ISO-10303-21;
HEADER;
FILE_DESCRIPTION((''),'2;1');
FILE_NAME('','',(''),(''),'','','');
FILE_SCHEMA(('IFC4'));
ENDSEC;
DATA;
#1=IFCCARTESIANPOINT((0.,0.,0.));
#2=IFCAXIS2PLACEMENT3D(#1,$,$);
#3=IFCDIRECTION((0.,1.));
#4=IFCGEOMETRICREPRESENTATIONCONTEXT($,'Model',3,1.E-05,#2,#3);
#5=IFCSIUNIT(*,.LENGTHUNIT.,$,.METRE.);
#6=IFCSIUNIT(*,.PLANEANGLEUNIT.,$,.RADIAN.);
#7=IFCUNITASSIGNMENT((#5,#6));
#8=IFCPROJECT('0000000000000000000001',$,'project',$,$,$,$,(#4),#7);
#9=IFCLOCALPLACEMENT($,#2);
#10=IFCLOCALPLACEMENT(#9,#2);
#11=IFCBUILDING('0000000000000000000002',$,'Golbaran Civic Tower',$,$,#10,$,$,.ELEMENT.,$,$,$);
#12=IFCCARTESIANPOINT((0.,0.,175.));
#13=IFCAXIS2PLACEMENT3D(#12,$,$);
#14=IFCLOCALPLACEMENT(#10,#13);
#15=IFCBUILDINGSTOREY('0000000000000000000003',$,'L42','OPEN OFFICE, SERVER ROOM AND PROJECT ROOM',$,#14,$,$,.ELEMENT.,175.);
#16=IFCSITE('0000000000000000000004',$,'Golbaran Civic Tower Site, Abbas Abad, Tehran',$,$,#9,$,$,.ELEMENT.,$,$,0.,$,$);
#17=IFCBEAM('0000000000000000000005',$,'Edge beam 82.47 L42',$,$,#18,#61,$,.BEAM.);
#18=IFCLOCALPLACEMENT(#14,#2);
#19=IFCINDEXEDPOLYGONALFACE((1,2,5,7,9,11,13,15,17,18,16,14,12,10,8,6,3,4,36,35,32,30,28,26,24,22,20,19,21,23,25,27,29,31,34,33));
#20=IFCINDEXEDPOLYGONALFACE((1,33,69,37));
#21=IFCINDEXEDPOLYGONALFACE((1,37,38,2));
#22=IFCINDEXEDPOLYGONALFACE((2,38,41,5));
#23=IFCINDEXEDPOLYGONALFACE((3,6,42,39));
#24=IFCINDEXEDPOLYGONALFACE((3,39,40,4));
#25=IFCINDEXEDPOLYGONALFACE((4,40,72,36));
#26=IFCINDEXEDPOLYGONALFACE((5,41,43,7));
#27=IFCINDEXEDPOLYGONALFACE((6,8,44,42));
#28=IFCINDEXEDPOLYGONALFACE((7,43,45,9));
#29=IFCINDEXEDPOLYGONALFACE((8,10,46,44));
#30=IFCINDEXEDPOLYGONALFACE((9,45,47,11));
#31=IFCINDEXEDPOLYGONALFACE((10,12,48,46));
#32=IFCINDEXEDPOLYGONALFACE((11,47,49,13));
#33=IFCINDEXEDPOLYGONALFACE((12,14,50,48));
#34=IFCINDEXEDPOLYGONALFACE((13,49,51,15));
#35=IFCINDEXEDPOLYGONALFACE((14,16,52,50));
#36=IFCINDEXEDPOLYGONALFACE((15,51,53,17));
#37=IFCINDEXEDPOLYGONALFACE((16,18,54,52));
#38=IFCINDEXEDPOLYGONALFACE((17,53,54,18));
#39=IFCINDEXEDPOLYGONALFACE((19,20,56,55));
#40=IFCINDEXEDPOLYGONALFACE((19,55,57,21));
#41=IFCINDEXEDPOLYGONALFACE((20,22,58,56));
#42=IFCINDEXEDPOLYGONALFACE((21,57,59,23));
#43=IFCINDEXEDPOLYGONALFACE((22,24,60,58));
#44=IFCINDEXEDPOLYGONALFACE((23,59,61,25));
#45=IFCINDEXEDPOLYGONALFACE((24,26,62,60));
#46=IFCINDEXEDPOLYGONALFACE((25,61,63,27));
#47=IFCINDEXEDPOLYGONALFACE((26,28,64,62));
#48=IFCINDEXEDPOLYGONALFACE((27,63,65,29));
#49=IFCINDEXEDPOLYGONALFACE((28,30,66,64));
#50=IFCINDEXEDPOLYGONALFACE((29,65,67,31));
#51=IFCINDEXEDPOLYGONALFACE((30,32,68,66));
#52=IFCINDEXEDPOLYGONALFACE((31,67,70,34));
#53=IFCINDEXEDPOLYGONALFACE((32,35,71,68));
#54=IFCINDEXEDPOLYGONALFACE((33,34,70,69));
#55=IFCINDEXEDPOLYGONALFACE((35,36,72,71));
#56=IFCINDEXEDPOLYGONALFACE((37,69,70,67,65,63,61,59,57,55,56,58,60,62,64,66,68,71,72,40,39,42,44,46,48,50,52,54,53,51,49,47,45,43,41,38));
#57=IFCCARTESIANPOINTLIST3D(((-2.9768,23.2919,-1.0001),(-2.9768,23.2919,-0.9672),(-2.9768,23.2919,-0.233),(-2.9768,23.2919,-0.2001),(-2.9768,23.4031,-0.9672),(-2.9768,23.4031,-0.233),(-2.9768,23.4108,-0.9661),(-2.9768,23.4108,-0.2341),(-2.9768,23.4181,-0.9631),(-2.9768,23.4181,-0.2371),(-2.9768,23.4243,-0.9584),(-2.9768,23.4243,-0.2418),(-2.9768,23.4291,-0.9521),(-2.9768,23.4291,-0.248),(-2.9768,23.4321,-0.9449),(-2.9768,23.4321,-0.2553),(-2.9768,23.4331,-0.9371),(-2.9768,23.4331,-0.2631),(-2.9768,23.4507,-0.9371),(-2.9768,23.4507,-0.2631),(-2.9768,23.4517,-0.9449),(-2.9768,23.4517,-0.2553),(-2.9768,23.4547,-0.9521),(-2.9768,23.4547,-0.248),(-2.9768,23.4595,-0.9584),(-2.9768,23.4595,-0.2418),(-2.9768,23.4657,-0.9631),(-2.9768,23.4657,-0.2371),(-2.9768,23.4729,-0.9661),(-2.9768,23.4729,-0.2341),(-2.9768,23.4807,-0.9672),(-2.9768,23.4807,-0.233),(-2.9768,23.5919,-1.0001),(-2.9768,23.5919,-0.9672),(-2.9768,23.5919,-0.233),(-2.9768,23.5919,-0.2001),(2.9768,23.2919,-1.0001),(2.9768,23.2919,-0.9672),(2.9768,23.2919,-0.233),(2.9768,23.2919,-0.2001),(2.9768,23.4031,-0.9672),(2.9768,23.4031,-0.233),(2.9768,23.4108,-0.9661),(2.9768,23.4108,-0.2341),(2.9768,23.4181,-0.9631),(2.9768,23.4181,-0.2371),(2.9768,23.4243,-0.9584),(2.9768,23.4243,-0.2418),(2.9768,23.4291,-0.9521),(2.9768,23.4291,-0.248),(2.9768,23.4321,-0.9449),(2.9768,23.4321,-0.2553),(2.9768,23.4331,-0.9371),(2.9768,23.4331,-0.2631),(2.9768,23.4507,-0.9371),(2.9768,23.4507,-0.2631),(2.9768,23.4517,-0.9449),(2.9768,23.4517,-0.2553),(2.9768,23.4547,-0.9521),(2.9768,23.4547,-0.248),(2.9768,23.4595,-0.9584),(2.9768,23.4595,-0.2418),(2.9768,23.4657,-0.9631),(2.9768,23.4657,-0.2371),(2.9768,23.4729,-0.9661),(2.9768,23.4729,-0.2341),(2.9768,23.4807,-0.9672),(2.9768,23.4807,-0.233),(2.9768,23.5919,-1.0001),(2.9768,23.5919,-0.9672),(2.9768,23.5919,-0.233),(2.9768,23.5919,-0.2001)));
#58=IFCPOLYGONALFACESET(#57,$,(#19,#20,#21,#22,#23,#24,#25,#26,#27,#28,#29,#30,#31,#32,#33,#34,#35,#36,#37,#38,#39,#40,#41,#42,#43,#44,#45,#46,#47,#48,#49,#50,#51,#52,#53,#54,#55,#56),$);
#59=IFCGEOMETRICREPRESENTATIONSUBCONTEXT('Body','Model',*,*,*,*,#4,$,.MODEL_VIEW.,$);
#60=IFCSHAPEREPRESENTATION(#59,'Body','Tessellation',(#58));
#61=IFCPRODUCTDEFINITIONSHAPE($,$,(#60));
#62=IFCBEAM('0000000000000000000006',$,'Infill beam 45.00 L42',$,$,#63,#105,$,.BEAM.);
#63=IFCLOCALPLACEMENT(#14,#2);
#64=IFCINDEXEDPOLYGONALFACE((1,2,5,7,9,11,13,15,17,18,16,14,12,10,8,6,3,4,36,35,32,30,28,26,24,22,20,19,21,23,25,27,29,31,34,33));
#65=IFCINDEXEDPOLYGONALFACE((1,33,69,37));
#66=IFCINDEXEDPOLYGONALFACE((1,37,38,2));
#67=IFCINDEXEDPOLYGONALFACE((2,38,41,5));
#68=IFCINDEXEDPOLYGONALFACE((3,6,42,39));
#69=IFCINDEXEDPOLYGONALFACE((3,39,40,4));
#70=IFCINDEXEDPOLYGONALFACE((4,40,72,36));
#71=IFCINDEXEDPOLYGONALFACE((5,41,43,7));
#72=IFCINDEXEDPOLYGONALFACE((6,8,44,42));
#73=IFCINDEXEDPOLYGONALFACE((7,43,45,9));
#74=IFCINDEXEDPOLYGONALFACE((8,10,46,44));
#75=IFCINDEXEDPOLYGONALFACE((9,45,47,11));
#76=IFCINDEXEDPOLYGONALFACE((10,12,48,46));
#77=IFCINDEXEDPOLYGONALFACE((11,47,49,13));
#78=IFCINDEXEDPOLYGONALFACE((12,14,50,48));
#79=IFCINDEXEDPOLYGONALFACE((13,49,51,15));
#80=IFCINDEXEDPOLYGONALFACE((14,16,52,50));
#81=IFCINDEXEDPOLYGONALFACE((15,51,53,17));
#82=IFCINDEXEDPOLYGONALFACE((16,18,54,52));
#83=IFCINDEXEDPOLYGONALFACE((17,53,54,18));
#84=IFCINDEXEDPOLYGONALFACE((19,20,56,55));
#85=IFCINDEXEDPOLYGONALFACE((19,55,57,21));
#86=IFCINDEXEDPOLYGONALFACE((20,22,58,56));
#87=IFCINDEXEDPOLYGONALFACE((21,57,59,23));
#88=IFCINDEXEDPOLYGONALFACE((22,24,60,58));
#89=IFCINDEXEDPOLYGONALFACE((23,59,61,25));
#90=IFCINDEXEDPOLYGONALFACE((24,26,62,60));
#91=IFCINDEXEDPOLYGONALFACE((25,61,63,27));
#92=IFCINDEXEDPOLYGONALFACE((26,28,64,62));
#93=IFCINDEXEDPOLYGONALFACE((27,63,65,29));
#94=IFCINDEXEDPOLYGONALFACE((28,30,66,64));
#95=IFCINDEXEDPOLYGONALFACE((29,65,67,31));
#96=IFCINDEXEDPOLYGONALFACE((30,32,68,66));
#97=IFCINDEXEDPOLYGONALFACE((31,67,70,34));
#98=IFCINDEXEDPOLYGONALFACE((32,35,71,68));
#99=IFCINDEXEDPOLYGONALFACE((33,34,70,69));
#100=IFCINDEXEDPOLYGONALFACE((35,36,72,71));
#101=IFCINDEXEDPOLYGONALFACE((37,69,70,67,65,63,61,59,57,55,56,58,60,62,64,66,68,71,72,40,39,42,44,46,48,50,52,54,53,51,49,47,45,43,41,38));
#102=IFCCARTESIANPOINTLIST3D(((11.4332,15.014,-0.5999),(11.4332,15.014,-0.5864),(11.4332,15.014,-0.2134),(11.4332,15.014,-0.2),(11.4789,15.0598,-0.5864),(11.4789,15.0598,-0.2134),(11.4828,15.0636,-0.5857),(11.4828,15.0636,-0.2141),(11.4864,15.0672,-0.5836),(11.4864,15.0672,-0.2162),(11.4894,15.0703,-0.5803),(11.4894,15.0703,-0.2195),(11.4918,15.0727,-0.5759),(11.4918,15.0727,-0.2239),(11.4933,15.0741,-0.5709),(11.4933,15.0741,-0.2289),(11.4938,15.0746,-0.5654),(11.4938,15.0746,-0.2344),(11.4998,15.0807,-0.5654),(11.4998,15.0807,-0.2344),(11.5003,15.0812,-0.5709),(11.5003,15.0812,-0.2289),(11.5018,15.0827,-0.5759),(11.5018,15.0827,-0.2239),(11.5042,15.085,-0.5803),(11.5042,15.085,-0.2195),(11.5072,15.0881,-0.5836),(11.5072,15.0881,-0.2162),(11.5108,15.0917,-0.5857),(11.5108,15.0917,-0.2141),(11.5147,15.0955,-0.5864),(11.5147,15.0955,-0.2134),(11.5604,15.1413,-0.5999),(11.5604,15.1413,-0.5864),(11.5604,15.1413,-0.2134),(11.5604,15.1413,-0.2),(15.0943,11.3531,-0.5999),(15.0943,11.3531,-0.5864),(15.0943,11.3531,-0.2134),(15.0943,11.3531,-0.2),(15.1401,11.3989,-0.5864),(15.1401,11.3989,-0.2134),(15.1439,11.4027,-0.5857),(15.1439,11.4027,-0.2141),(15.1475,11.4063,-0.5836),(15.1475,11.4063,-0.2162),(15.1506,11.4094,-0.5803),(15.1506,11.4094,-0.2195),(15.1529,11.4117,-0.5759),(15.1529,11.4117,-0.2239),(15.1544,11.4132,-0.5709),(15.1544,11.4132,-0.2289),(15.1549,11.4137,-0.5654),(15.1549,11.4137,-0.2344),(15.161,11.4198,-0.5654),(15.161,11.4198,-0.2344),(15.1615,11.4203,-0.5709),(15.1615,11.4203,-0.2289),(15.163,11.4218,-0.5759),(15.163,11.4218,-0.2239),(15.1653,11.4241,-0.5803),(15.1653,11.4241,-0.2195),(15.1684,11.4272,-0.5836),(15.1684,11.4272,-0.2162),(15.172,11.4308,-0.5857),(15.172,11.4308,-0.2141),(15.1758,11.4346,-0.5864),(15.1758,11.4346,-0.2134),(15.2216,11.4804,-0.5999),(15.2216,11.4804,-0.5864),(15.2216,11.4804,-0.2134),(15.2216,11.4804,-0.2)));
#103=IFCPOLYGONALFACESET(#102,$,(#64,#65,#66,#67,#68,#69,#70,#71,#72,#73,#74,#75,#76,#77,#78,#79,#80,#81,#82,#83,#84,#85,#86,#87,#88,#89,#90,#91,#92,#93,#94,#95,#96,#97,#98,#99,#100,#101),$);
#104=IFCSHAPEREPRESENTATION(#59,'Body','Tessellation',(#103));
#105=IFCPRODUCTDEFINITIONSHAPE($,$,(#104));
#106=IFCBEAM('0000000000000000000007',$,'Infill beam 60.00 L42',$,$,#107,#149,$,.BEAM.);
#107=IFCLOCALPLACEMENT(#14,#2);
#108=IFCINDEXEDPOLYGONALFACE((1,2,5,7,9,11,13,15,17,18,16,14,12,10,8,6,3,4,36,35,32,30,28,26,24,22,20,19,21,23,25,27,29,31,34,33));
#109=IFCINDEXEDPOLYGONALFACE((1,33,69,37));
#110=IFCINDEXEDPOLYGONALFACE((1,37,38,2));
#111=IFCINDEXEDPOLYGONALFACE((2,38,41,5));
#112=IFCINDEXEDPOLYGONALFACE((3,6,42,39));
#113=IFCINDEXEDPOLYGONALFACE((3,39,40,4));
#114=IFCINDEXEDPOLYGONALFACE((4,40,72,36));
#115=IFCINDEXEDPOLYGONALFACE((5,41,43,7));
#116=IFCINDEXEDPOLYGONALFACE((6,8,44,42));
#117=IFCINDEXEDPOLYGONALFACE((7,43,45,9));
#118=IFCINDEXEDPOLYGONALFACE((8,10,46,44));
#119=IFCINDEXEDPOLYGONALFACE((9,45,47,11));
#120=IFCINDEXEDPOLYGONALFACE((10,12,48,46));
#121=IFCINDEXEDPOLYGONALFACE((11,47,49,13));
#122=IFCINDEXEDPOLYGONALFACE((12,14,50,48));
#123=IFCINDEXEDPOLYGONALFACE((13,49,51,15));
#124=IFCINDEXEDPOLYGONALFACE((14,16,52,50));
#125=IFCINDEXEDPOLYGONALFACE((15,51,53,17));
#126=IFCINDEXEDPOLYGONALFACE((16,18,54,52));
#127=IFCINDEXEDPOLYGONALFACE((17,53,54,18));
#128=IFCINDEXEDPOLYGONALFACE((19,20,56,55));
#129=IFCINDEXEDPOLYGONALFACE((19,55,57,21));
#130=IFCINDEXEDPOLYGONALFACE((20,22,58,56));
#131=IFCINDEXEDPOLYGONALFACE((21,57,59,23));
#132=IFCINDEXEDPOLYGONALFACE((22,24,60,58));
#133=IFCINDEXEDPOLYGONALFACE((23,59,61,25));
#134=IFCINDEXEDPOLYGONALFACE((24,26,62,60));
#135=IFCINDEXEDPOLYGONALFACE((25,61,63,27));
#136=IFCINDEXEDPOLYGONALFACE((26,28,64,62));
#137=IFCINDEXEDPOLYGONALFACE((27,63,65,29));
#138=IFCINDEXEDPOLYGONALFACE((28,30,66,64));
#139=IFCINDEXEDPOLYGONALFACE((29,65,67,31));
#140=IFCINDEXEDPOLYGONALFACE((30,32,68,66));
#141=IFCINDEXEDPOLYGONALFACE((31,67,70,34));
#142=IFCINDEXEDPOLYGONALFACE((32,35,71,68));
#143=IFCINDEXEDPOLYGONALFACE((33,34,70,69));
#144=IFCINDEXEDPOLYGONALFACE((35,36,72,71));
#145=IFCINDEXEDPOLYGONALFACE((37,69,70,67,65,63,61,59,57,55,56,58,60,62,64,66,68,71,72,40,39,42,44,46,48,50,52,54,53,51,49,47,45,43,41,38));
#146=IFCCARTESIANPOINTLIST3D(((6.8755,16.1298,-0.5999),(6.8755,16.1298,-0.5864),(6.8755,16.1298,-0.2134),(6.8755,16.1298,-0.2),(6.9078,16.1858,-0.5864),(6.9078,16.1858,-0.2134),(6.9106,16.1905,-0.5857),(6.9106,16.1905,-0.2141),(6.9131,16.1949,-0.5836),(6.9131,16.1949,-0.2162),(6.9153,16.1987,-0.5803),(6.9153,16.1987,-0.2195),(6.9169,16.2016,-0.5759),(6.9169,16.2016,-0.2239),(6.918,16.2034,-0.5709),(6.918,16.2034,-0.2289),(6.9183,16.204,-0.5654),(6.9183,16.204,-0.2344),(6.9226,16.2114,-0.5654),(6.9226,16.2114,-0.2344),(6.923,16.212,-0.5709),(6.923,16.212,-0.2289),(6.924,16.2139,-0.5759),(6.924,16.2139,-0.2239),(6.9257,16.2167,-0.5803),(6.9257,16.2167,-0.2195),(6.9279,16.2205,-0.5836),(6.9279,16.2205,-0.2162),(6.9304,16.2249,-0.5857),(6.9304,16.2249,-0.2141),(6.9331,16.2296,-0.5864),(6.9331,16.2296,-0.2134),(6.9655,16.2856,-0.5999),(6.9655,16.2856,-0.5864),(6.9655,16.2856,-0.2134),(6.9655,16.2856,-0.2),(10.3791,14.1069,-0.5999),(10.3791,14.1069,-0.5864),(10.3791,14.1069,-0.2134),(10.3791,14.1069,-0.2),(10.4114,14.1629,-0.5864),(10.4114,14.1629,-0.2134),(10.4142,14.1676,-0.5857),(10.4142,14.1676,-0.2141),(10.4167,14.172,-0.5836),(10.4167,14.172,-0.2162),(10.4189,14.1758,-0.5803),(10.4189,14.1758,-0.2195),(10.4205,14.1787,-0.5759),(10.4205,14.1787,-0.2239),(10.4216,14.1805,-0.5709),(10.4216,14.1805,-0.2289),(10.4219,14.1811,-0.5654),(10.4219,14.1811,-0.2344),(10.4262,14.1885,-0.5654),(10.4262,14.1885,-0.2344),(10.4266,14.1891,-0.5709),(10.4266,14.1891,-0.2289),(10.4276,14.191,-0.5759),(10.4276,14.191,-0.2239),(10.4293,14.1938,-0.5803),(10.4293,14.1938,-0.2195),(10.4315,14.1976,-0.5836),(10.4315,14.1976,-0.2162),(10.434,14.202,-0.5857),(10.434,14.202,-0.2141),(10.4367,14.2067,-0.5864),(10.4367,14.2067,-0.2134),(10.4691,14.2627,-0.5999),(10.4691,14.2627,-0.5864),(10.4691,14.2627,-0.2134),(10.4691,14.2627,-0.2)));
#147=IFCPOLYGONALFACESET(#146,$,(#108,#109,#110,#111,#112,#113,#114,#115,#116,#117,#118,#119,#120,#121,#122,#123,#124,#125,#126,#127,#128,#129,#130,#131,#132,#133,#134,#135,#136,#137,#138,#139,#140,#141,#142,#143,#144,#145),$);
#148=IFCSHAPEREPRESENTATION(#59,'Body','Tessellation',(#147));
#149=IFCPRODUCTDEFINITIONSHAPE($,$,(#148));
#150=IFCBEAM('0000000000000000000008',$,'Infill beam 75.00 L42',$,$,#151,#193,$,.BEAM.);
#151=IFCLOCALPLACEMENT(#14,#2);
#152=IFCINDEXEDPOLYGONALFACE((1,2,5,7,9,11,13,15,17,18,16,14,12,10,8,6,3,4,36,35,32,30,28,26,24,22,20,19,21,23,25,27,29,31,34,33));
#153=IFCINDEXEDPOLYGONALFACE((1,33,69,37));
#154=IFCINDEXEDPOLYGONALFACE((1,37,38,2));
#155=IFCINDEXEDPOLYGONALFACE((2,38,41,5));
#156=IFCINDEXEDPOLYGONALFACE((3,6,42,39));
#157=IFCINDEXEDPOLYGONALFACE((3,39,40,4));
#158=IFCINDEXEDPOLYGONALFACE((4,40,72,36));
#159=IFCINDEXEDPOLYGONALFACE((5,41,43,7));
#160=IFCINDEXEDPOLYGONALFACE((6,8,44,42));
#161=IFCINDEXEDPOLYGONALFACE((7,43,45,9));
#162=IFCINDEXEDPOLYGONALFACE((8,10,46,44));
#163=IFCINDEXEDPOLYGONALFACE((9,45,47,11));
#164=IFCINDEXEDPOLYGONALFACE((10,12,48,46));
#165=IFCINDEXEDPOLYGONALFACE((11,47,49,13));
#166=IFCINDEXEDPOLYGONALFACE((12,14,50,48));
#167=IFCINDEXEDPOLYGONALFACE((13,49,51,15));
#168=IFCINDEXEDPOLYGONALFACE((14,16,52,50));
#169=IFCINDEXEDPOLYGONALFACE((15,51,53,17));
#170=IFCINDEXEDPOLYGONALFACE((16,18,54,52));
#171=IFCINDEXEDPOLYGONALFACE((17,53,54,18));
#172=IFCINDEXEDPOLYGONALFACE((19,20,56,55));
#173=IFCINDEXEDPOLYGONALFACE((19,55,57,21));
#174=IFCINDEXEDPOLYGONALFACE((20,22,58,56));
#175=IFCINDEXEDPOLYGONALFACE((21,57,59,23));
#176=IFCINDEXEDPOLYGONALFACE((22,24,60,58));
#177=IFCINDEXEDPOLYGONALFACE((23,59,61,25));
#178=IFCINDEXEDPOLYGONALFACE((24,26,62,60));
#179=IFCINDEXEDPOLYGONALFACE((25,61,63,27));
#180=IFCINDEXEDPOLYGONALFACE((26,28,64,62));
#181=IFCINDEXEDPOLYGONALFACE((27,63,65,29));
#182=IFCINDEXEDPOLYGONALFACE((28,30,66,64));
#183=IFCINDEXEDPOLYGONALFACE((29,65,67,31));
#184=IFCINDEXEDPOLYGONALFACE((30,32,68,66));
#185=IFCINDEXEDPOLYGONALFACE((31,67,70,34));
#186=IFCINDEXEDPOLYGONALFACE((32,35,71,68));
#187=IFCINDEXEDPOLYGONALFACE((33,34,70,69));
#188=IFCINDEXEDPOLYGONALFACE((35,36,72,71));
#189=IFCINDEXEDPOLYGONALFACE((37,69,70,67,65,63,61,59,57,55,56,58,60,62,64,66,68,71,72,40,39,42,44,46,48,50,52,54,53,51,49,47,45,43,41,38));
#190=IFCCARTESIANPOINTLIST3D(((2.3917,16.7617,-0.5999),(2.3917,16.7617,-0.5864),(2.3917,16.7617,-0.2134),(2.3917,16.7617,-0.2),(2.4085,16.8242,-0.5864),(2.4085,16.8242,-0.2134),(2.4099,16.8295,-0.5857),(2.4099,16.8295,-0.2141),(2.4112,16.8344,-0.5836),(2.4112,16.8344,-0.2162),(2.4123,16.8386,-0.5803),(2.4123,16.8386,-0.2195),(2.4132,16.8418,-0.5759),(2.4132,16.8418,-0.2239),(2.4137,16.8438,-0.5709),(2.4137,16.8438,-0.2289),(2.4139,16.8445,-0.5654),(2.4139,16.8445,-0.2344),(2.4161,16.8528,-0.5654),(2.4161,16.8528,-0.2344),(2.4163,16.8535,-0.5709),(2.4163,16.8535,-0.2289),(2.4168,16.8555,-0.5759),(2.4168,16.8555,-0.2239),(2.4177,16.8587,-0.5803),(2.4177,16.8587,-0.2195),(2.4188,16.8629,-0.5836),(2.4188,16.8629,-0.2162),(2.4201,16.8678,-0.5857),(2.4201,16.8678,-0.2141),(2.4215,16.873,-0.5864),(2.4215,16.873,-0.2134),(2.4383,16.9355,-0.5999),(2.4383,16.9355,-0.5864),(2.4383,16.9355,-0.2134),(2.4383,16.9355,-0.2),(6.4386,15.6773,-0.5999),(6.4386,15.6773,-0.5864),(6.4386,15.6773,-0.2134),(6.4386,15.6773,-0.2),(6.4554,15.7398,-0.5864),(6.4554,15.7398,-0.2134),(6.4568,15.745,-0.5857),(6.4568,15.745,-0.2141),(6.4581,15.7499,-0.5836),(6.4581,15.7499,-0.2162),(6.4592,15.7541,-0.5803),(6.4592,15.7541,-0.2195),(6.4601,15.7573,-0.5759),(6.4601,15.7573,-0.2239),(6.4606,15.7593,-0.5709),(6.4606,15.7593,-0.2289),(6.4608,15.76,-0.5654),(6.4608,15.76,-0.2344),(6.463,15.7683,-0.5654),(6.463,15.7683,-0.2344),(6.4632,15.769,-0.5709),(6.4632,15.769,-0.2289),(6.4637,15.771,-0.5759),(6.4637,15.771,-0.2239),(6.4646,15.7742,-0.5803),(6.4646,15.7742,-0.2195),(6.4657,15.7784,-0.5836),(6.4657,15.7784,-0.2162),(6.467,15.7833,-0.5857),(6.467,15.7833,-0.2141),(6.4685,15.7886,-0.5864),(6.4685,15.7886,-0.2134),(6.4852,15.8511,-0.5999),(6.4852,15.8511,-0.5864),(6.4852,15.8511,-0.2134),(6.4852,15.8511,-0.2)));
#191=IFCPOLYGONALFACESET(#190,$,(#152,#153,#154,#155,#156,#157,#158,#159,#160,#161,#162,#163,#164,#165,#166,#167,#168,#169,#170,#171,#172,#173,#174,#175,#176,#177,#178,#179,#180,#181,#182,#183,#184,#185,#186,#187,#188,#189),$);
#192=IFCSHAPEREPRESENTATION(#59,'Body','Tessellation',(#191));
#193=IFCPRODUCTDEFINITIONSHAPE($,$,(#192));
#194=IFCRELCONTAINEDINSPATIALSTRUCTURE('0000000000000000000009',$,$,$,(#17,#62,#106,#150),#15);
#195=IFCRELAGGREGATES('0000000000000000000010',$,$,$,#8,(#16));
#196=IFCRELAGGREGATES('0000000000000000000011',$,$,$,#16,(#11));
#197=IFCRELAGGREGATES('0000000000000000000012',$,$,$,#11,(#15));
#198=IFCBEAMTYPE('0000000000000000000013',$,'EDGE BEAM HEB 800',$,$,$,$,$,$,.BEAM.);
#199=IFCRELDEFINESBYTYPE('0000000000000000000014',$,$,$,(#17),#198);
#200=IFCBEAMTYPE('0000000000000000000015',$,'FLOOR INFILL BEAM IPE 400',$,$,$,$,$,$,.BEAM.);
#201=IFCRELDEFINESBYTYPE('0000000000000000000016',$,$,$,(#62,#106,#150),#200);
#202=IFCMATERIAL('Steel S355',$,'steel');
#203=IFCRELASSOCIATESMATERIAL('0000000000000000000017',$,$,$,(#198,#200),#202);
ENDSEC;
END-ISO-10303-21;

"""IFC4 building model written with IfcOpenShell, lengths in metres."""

from ifc_helpers import new_model, si_unit, direction, frame, origin, origin_2d, place, context, subcontext, project, spatial, i_section, extrude, material, material_profile, profile_set, type_object, element, save


model = new_model("IFC4")

# Units and contexts
model_context = context("Model", 3, precision=1e-05, world=origin(), true_north=direction((0.0, 1.0)))
body_context = subcontext(model_context, "Body", "Model", "MODEL_VIEW")
ifc_project = project(units=[si_unit("LENGTHUNIT", "METRE"), si_unit("PLANEANGLEUNIT", "RADIAN")], contexts=[model_context])

# Site, building, storey
site_placement = place(None, origin())
site = spatial("IfcSite", under=ifc_project, at=site_placement, Name="Golbaran Civic Tower Site, Abbas Abad, Tehran", CompositionType="ELEMENT", RefElevation=0.0)
building_placement = place(site_placement, origin())
building = spatial("IfcBuilding", under=site, at=building_placement, Name="Golbaran Civic Tower", CompositionType="ELEMENT")
storey_placement = place(building_placement, frame((0.0, 0.0, 175.0)))
storey = spatial("IfcBuildingStorey", under=building, at=storey_placement, Name="L42", Description="OPEN OFFICE, SERVER ROOM AND PROJECT ROOM", CompositionType="ELEMENT", Elevation=175.0)

# Beams
ifc_material_1 = material(Name="Steel S355", Category="steel")
ifc_material_profile_1 = material_profile(ifc_material_1, i_section(OverallWidth=0.3, OverallDepth=0.8, WebThickness=0.0176, FlangeThickness=0.033, FilletRadius=0.03, at=origin_2d()), Name="HEB 800")
ifc_profile_set_1 = profile_set([ifc_material_profile_1], Name="Steel S355")
beam_type_1 = type_object("IfcBeamType", Name="EDGE BEAM HEB 800", PredefinedType="BEAM", material=ifc_profile_set_1)
beam_1_placement = place(storey_placement, frame((2.9768, 23.4419, -0.6001), z_axis=(-1.0, 0.0, 0.0), x_axis=(0.0, -1.0, 0.0)))
element("IfcBeam", 1, at=beam_1_placement, inside=storey, type_object=beam_type_1, Name="Edge beam 82.47 L42", PredefinedType="BEAM", context=body_context, shape_type="SweptSolid", body=[
    extrude(i_section(OverallWidth=0.3, OverallDepth=0.8, WebThickness=0.0176, FlangeThickness=0.033, FilletRadius=0.03, at=origin_2d()), origin(), (0.0, 0.0, 1.0), 5.9536),
])
ifc_material_profile_2 = material_profile(ifc_material_1, i_section(OverallWidth=0.1799, OverallDepth=0.3999, WebThickness=0.0085, FlangeThickness=0.0134, FilletRadius=0.021, at=origin_2d()), Name="IPE 400")
ifc_profile_set_2 = profile_set([ifc_material_profile_2], Name="Steel S355")
beam_type_2 = type_object("IfcBeamType", Name="FLOOR INFILL BEAM IPE 400", PredefinedType="BEAM", material=ifc_profile_set_2)
beam_2_placement = place(storey_placement, frame((15.158, 11.4167, -0.3999), z_axis=(-0.70713, 0.707083, 0.0), x_axis=(-0.707083, -0.70713, 0.0)))
element("IfcBeam", 2, at=beam_2_placement, inside=storey, type_object=beam_type_2, Name="Infill beam 45.00 L42", PredefinedType="BEAM", context=body_context, shape_type="SweptSolid", body=[
    extrude(i_section(OverallWidth=0.1799, OverallDepth=0.3999, WebThickness=0.0085, FlangeThickness=0.0134, FilletRadius=0.021, at=origin_2d()), origin(), (0.0, 0.0, 1.0), 5.1775),
])
beam_3_placement = place(storey_placement, frame((10.4241, 14.1848, -0.3999), z_axis=(-0.866014, 0.50002, 0.0), x_axis=(-0.50002, -0.866014, 0.0)))
element("IfcBeam", 3, at=beam_3_placement, inside=storey, type_object=beam_type_2, Name="Infill beam 60.00 L42", PredefinedType="BEAM", context=body_context, shape_type="SweptSolid", body=[
    extrude(i_section(OverallWidth=0.1799, OverallDepth=0.3999, WebThickness=0.0085, FlangeThickness=0.0134, FilletRadius=0.021, at=origin_2d()), origin(), (0.0, 0.0, 1.0), 4.0457),
])
beam_4_placement = place(storey_placement, frame((6.4619, 15.7642, -0.3999), z_axis=(-0.965919, 0.258845, 0.0), x_axis=(-0.258845, -0.965919, 0.0)))
element("IfcBeam", 4, at=beam_4_placement, inside=storey, type_object=beam_type_2, Name="Infill beam 75.00 L42", PredefinedType="BEAM", context=body_context, shape_type="SweptSolid", body=[
    extrude(i_section(OverallWidth=0.1799, OverallDepth=0.3999, WebThickness=0.0085, FlangeThickness=0.0134, FilletRadius=0.021, at=origin_2d()), origin(), (0.0, 0.0, 1.0), 4.1897),
])

save(model, "model.ifc")
